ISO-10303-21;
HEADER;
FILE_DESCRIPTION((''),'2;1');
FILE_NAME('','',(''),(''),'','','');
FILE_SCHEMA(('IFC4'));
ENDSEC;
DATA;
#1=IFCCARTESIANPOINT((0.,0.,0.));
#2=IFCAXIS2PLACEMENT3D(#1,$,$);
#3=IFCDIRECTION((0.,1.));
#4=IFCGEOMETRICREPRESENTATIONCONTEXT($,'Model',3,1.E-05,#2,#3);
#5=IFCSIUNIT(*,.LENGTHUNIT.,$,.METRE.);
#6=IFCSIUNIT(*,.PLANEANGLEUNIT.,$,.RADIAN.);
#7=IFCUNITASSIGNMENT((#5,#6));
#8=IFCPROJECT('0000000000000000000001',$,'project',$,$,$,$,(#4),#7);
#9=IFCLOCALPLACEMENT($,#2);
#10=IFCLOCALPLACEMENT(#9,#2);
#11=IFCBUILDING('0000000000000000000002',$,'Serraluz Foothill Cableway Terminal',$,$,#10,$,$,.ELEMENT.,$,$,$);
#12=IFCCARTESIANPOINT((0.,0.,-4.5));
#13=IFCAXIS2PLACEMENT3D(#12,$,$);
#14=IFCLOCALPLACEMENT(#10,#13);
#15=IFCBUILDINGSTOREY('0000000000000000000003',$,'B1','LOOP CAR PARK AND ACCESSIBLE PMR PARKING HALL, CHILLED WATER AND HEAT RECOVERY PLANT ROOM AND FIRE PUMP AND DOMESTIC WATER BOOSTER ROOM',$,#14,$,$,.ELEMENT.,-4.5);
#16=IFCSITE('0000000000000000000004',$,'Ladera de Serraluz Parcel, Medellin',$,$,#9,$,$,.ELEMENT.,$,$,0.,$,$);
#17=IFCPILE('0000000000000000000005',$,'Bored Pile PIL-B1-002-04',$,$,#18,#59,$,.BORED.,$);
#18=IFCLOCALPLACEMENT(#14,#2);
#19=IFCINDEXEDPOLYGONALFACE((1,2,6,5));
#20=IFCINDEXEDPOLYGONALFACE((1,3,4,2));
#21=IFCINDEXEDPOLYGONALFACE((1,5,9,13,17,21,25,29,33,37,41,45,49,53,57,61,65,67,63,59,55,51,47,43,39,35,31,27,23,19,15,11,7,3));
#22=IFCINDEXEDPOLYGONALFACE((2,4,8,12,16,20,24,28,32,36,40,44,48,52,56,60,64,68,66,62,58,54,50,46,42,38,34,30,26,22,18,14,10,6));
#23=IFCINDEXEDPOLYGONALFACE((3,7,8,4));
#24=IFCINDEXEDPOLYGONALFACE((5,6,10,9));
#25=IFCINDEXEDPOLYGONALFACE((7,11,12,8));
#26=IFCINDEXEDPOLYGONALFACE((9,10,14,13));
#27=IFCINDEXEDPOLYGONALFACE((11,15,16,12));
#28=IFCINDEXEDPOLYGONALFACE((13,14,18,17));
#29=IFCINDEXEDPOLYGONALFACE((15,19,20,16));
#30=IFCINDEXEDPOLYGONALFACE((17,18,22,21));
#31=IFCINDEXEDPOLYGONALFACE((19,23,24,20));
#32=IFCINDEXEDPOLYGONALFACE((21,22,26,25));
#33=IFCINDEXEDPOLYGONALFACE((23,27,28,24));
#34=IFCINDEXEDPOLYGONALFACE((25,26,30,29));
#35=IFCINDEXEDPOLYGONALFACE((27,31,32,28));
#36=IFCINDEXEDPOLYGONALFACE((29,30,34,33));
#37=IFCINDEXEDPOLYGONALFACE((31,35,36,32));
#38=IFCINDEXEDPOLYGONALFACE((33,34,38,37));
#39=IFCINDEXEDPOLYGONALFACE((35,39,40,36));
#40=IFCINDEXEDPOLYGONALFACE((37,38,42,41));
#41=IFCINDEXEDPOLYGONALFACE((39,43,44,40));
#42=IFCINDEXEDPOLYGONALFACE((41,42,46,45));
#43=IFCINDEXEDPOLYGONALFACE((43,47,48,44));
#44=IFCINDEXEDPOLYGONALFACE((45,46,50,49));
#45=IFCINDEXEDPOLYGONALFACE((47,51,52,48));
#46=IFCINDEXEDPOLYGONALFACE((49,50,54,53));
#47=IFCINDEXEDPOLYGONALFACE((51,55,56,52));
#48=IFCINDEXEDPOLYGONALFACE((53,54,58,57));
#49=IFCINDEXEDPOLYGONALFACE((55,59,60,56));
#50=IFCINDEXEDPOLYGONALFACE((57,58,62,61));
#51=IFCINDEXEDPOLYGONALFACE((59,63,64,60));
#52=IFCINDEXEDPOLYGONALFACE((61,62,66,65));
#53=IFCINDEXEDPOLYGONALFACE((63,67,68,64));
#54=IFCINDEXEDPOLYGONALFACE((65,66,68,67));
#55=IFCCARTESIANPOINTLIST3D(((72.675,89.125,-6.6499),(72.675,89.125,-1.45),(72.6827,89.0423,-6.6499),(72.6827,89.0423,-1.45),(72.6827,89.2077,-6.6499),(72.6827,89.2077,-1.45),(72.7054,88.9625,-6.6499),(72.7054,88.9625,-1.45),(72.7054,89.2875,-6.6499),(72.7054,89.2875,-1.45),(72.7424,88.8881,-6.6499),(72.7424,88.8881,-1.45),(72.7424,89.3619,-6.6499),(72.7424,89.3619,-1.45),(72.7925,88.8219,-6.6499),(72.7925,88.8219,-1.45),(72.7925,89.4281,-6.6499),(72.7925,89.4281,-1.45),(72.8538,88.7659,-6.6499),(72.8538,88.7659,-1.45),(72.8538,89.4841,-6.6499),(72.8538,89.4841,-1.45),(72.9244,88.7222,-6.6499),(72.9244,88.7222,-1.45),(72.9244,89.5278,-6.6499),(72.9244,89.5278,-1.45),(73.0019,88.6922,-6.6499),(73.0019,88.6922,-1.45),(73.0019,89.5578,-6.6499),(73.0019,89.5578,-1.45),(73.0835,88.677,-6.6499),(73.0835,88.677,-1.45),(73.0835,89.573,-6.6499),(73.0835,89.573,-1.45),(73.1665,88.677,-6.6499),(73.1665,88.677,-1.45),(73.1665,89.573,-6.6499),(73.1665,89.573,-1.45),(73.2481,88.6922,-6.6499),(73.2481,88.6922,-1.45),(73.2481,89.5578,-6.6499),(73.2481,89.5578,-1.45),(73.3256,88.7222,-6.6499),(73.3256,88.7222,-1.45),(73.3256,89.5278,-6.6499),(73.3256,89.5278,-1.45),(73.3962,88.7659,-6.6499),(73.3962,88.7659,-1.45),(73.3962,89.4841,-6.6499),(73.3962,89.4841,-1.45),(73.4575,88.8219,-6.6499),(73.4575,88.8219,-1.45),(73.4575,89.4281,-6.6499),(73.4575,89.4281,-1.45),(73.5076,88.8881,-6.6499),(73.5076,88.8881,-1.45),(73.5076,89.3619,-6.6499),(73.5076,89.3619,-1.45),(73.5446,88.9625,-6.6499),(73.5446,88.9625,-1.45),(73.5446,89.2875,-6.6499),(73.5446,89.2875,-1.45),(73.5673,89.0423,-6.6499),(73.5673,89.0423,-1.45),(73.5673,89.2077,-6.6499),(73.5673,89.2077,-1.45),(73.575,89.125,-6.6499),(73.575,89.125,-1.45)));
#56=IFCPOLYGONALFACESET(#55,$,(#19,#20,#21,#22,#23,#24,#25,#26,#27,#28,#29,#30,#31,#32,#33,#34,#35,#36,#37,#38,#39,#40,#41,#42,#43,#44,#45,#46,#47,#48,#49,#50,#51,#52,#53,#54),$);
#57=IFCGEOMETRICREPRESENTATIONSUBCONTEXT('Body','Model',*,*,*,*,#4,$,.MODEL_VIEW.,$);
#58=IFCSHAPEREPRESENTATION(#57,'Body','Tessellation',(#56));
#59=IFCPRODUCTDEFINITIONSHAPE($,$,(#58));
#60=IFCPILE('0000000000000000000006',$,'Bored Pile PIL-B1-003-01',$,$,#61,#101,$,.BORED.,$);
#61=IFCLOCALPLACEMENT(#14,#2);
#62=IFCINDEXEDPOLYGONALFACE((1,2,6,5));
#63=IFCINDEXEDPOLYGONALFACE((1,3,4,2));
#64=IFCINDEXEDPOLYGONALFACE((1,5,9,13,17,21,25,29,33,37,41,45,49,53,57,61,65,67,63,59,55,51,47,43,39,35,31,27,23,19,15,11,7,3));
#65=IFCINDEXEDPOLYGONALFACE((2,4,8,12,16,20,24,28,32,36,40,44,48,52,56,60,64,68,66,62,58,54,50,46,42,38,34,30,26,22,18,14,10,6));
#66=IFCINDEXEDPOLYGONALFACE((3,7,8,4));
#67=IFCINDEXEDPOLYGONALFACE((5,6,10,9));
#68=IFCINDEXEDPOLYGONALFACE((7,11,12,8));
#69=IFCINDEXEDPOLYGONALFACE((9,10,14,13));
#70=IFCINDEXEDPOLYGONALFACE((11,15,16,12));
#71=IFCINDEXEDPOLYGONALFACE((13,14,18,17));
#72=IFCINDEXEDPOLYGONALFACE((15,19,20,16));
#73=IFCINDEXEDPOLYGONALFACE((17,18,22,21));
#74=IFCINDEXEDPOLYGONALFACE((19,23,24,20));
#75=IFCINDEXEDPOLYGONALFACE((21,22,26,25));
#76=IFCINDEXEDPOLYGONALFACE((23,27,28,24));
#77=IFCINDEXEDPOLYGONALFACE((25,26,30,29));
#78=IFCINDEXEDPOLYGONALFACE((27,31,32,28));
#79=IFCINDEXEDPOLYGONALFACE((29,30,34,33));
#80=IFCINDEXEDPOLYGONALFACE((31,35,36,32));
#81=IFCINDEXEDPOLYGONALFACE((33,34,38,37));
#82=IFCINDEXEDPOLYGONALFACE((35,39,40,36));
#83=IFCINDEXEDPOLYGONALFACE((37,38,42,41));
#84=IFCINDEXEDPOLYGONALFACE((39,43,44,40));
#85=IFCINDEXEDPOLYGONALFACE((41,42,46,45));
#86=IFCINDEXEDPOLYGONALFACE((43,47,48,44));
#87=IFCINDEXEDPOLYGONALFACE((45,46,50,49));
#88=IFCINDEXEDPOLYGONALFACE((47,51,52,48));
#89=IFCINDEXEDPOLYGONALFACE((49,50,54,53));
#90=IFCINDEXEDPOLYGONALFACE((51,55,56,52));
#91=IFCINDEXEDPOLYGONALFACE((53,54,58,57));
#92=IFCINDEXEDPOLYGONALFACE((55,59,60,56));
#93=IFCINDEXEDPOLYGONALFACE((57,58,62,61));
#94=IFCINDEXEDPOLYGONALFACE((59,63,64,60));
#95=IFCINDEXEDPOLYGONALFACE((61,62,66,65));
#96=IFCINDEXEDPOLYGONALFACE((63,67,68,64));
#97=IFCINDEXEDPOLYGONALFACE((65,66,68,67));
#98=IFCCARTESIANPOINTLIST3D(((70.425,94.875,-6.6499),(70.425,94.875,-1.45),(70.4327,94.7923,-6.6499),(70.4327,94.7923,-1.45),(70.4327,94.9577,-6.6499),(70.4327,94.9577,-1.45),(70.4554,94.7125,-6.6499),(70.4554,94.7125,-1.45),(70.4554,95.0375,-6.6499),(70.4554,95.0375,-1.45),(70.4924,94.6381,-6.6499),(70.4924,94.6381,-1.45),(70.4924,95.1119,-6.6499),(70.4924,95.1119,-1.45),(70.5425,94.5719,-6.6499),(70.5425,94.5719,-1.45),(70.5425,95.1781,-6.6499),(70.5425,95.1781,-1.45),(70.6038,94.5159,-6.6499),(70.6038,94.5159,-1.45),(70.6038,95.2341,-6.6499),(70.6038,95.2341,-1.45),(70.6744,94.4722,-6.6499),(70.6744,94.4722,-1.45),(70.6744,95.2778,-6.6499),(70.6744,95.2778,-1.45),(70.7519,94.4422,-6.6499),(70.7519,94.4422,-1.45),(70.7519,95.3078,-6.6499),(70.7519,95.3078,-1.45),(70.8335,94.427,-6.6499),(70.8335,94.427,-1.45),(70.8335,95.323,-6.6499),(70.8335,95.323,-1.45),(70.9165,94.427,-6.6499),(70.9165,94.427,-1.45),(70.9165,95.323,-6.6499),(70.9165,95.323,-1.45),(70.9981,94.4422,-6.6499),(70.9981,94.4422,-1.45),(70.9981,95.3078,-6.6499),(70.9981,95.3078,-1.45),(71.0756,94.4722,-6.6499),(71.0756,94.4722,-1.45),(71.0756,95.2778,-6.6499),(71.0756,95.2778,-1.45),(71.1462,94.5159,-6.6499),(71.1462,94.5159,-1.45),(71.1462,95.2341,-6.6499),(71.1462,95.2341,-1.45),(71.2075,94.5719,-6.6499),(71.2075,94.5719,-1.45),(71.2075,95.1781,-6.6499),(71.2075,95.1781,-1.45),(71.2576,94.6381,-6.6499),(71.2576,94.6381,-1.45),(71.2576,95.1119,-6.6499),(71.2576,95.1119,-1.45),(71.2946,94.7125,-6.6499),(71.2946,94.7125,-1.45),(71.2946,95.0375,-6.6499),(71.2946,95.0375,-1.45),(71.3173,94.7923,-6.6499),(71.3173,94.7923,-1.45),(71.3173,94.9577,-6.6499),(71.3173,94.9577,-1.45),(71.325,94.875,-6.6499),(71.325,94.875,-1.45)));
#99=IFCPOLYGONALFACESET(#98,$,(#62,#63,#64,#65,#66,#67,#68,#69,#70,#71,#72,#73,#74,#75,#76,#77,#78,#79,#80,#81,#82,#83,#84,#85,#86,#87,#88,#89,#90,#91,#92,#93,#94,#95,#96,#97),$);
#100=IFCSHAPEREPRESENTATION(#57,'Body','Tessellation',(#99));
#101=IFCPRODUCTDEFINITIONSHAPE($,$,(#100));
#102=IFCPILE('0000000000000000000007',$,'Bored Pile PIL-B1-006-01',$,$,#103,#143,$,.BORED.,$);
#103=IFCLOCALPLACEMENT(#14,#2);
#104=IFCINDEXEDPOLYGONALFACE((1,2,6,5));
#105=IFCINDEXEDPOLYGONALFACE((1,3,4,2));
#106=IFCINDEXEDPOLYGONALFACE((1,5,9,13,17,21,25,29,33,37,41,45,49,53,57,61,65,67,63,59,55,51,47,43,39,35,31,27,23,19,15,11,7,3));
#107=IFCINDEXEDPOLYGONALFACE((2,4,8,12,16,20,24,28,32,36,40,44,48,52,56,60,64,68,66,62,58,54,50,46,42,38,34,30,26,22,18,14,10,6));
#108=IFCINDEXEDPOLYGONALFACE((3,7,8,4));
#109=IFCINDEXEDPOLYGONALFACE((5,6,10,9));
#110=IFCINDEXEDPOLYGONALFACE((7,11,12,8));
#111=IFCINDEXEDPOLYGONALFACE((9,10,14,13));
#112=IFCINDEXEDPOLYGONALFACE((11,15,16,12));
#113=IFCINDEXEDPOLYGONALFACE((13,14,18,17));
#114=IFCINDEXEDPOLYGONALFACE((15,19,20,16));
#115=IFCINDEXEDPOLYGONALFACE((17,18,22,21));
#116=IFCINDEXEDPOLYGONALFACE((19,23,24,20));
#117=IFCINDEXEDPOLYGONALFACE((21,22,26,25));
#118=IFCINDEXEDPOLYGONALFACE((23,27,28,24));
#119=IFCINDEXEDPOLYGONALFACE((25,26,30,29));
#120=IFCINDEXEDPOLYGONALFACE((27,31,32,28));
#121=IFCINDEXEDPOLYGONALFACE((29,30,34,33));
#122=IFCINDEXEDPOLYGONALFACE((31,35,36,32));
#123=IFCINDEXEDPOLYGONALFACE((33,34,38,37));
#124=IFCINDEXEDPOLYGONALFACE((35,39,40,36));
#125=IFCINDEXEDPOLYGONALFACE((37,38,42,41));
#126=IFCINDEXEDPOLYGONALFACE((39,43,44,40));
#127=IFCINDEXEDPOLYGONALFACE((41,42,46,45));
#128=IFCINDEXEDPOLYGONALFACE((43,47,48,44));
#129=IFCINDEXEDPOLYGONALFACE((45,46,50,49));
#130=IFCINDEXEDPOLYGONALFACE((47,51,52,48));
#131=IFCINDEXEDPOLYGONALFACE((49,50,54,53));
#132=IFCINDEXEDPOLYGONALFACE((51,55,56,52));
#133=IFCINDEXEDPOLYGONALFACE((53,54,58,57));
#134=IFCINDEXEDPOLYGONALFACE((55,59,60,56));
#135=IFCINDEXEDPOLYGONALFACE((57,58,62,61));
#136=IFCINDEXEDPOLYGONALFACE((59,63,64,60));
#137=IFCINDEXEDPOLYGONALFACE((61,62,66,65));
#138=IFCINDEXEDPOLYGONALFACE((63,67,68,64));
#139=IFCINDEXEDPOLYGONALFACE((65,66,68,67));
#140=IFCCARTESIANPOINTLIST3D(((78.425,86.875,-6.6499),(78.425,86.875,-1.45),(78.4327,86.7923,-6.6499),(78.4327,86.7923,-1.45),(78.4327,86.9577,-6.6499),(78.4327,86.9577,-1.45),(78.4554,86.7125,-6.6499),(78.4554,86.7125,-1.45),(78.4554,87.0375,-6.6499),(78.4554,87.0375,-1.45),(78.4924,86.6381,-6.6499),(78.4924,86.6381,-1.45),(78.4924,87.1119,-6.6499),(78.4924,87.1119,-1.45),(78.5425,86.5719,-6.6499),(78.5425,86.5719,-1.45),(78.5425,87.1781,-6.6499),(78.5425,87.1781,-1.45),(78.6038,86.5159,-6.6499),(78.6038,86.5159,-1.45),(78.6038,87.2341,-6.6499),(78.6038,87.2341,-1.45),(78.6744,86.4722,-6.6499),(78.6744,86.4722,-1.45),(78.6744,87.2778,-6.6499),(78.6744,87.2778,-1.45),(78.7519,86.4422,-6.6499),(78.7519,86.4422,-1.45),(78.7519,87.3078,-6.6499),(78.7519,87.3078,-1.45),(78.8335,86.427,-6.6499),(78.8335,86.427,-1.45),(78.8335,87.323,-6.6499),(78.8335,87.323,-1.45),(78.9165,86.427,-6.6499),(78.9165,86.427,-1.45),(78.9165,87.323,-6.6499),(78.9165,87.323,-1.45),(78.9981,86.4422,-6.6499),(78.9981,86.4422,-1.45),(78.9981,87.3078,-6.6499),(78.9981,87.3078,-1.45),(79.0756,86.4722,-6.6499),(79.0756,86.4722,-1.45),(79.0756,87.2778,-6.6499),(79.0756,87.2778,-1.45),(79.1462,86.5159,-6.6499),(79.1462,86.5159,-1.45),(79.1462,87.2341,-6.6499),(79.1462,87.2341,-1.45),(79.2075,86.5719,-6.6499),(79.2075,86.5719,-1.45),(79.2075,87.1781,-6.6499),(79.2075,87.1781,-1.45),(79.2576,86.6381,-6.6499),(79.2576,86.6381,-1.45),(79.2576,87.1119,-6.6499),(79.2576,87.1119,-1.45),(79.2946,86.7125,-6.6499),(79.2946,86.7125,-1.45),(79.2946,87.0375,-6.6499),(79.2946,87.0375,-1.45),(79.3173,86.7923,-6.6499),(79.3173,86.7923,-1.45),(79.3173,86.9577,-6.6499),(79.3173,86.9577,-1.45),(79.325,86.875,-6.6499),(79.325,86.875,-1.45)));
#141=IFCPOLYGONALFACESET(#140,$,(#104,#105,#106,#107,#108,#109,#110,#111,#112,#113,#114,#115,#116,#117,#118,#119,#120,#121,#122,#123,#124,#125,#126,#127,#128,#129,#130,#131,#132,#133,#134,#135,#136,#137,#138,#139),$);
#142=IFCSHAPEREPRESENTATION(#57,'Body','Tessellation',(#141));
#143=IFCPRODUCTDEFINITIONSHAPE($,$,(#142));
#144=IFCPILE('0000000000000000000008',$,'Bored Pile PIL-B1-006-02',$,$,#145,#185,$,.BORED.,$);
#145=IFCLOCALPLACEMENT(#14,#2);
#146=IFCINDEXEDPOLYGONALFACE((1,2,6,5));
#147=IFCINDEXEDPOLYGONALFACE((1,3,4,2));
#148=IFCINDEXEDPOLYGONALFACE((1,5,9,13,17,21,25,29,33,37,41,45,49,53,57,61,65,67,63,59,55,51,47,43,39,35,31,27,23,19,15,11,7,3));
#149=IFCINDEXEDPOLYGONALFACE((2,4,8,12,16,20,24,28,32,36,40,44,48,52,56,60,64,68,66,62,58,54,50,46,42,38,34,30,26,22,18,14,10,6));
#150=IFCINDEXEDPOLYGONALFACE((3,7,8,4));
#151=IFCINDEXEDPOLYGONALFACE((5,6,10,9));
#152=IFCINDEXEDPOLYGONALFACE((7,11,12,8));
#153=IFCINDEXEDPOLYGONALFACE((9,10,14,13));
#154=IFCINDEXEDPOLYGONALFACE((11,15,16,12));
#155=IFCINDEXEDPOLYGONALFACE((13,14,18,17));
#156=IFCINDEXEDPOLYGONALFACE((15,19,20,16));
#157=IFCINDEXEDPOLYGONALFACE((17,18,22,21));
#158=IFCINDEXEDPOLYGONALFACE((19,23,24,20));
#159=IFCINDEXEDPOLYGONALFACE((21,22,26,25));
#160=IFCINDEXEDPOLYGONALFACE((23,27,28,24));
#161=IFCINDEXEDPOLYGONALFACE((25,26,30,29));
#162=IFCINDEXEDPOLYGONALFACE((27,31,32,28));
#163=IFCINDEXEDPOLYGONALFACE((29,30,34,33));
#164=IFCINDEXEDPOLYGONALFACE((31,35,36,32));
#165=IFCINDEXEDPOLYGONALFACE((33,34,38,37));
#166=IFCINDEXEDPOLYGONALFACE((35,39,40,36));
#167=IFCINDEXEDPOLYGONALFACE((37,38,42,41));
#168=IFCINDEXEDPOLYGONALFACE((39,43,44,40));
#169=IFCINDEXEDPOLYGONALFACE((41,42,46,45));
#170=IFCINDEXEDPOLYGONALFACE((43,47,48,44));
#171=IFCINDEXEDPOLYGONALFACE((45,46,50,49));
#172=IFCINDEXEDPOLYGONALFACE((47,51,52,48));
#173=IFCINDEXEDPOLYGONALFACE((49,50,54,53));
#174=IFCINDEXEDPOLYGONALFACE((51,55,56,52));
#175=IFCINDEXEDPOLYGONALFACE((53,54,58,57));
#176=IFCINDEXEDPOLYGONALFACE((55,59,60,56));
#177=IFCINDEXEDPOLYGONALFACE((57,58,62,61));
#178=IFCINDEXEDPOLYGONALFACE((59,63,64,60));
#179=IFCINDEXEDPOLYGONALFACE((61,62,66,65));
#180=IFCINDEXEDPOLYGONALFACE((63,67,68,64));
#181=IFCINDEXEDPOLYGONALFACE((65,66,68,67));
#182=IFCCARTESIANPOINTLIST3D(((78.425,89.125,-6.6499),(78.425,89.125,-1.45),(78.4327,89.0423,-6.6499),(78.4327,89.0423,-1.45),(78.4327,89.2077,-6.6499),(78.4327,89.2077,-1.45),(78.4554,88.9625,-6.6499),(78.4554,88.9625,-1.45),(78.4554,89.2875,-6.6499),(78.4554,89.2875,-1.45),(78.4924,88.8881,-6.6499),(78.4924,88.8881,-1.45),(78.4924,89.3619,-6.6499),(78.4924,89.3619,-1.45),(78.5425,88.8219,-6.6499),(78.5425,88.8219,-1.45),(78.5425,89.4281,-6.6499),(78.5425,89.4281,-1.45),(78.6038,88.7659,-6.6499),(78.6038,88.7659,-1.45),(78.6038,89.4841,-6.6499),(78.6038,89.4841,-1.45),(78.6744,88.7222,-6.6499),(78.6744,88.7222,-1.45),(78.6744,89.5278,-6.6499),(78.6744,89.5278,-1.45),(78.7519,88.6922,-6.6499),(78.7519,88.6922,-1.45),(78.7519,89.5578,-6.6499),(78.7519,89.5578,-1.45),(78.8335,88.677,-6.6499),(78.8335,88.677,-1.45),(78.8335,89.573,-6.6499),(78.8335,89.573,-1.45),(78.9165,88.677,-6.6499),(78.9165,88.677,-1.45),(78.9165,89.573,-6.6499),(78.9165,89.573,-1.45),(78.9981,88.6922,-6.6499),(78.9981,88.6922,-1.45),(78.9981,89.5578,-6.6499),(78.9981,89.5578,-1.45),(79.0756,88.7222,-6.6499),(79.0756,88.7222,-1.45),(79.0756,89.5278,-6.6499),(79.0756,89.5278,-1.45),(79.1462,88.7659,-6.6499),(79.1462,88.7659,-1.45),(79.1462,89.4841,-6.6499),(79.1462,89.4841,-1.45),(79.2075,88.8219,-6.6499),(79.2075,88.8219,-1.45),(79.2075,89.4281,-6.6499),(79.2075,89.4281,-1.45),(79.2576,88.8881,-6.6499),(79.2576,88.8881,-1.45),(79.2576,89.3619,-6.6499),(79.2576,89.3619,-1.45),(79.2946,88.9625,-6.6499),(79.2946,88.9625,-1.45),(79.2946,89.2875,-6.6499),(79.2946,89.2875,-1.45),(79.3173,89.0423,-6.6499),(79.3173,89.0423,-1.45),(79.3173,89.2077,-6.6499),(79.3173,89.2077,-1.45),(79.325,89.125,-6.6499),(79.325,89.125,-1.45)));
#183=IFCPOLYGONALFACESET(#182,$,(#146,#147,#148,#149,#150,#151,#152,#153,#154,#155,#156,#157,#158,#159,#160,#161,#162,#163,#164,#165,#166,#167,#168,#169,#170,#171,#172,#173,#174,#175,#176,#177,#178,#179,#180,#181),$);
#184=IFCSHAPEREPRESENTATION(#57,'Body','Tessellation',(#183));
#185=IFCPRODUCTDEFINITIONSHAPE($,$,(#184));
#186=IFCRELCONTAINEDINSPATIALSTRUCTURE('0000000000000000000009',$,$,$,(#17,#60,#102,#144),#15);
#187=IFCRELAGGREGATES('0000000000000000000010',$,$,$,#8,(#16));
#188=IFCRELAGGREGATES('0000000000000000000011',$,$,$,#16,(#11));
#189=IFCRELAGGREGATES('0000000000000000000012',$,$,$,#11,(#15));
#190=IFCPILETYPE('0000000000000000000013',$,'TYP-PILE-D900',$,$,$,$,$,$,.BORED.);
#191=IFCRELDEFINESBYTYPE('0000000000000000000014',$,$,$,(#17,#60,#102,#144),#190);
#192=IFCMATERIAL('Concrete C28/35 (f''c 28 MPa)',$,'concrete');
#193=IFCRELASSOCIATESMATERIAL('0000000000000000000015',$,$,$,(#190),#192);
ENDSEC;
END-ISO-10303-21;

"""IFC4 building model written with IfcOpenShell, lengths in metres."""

from ifc_helpers import new_model, si_unit, direction, frame, origin, origin_2d, place, context, subcontext, project, spatial, circle, extrude, material, material_profile, profile_set, type_object, element, save


model = new_model("IFC4")

# Units and contexts
model_context = context("Model", 3, precision=1e-05, world=origin(), true_north=direction((0.0, 1.0)))
body_context = subcontext(model_context, "Body", "Model", "MODEL_VIEW")
ifc_project = project(units=[si_unit("LENGTHUNIT", "METRE"), si_unit("PLANEANGLEUNIT", "RADIAN")], contexts=[model_context])

# Site, building, storey
site_placement = place(None, origin())
site = spatial("IfcSite", under=ifc_project, at=site_placement, Name="Ladera de Serraluz Parcel, Medellin", CompositionType="ELEMENT", RefElevation=0.0)
building_placement = place(site_placement, origin())
building = spatial("IfcBuilding", under=site, at=building_placement, Name="Serraluz Foothill Cableway Terminal", CompositionType="ELEMENT")
storey_placement = place(building_placement, frame((0.0, 0.0, -4.5)))
storey = spatial("IfcBuildingStorey", under=building, at=storey_placement, Name="B1", Description="LOOP CAR PARK AND ACCESSIBLE PMR PARKING HALL, CHILLED WATER AND HEAT RECOVERY PLANT ROOM AND FIRE PUMP AND DOMESTIC WATER BOOSTER ROOM", CompositionType="ELEMENT", Elevation=-4.5)

# Piles
ifc_material_1 = material(Name="Concrete C28/35 (f'c 28 MPa)", Category="concrete")
ifc_material_profile_1 = material_profile(ifc_material_1, circle(Radius=0.45, at=origin_2d()), Name="BORED PILE D900")
ifc_profile_set_1 = profile_set([ifc_material_profile_1], Name="Concrete C28/35 (f'c 28 MPa)")
pile_type = type_object("IfcPileType", Name="TYP-PILE-D900", PredefinedType="BORED", material=ifc_profile_set_1)
for number, where, z_axis, x_axis, name in (
    (1, (73.125, 89.125, -1.45), (0.0, 0.0, -1.0), (1.0, 0.0, 0.0), "Bored Pile PIL-B1-002-04"),
    (2, (70.875, 94.875, -1.45), (0.0, 0.0, -1.0), (1.0, 0.0, 0.0), "Bored Pile PIL-B1-003-01"),
    (3, (78.875, 86.875, -1.45), (0.0, 0.0, -1.0), (1.0, 0.0, 0.0), "Bored Pile PIL-B1-006-01"),
    (4, (78.875, 89.125, -1.45), (0.0, 0.0, -1.0), (1.0, 0.0, 0.0), "Bored Pile PIL-B1-006-02"),
):
    element("IfcPile", number, at=place(storey_placement, frame(where, z_axis=z_axis, x_axis=x_axis)), inside=storey, type_object=pile_type, Name=name, PredefinedType="BORED", context=body_context, shape_type="SweptSolid", body=[
        extrude(circle(Radius=0.45, at=origin_2d()), origin(), (0.0, 0.0, 1.0), 5.2),
    ])

save(model, "model.ifc")
